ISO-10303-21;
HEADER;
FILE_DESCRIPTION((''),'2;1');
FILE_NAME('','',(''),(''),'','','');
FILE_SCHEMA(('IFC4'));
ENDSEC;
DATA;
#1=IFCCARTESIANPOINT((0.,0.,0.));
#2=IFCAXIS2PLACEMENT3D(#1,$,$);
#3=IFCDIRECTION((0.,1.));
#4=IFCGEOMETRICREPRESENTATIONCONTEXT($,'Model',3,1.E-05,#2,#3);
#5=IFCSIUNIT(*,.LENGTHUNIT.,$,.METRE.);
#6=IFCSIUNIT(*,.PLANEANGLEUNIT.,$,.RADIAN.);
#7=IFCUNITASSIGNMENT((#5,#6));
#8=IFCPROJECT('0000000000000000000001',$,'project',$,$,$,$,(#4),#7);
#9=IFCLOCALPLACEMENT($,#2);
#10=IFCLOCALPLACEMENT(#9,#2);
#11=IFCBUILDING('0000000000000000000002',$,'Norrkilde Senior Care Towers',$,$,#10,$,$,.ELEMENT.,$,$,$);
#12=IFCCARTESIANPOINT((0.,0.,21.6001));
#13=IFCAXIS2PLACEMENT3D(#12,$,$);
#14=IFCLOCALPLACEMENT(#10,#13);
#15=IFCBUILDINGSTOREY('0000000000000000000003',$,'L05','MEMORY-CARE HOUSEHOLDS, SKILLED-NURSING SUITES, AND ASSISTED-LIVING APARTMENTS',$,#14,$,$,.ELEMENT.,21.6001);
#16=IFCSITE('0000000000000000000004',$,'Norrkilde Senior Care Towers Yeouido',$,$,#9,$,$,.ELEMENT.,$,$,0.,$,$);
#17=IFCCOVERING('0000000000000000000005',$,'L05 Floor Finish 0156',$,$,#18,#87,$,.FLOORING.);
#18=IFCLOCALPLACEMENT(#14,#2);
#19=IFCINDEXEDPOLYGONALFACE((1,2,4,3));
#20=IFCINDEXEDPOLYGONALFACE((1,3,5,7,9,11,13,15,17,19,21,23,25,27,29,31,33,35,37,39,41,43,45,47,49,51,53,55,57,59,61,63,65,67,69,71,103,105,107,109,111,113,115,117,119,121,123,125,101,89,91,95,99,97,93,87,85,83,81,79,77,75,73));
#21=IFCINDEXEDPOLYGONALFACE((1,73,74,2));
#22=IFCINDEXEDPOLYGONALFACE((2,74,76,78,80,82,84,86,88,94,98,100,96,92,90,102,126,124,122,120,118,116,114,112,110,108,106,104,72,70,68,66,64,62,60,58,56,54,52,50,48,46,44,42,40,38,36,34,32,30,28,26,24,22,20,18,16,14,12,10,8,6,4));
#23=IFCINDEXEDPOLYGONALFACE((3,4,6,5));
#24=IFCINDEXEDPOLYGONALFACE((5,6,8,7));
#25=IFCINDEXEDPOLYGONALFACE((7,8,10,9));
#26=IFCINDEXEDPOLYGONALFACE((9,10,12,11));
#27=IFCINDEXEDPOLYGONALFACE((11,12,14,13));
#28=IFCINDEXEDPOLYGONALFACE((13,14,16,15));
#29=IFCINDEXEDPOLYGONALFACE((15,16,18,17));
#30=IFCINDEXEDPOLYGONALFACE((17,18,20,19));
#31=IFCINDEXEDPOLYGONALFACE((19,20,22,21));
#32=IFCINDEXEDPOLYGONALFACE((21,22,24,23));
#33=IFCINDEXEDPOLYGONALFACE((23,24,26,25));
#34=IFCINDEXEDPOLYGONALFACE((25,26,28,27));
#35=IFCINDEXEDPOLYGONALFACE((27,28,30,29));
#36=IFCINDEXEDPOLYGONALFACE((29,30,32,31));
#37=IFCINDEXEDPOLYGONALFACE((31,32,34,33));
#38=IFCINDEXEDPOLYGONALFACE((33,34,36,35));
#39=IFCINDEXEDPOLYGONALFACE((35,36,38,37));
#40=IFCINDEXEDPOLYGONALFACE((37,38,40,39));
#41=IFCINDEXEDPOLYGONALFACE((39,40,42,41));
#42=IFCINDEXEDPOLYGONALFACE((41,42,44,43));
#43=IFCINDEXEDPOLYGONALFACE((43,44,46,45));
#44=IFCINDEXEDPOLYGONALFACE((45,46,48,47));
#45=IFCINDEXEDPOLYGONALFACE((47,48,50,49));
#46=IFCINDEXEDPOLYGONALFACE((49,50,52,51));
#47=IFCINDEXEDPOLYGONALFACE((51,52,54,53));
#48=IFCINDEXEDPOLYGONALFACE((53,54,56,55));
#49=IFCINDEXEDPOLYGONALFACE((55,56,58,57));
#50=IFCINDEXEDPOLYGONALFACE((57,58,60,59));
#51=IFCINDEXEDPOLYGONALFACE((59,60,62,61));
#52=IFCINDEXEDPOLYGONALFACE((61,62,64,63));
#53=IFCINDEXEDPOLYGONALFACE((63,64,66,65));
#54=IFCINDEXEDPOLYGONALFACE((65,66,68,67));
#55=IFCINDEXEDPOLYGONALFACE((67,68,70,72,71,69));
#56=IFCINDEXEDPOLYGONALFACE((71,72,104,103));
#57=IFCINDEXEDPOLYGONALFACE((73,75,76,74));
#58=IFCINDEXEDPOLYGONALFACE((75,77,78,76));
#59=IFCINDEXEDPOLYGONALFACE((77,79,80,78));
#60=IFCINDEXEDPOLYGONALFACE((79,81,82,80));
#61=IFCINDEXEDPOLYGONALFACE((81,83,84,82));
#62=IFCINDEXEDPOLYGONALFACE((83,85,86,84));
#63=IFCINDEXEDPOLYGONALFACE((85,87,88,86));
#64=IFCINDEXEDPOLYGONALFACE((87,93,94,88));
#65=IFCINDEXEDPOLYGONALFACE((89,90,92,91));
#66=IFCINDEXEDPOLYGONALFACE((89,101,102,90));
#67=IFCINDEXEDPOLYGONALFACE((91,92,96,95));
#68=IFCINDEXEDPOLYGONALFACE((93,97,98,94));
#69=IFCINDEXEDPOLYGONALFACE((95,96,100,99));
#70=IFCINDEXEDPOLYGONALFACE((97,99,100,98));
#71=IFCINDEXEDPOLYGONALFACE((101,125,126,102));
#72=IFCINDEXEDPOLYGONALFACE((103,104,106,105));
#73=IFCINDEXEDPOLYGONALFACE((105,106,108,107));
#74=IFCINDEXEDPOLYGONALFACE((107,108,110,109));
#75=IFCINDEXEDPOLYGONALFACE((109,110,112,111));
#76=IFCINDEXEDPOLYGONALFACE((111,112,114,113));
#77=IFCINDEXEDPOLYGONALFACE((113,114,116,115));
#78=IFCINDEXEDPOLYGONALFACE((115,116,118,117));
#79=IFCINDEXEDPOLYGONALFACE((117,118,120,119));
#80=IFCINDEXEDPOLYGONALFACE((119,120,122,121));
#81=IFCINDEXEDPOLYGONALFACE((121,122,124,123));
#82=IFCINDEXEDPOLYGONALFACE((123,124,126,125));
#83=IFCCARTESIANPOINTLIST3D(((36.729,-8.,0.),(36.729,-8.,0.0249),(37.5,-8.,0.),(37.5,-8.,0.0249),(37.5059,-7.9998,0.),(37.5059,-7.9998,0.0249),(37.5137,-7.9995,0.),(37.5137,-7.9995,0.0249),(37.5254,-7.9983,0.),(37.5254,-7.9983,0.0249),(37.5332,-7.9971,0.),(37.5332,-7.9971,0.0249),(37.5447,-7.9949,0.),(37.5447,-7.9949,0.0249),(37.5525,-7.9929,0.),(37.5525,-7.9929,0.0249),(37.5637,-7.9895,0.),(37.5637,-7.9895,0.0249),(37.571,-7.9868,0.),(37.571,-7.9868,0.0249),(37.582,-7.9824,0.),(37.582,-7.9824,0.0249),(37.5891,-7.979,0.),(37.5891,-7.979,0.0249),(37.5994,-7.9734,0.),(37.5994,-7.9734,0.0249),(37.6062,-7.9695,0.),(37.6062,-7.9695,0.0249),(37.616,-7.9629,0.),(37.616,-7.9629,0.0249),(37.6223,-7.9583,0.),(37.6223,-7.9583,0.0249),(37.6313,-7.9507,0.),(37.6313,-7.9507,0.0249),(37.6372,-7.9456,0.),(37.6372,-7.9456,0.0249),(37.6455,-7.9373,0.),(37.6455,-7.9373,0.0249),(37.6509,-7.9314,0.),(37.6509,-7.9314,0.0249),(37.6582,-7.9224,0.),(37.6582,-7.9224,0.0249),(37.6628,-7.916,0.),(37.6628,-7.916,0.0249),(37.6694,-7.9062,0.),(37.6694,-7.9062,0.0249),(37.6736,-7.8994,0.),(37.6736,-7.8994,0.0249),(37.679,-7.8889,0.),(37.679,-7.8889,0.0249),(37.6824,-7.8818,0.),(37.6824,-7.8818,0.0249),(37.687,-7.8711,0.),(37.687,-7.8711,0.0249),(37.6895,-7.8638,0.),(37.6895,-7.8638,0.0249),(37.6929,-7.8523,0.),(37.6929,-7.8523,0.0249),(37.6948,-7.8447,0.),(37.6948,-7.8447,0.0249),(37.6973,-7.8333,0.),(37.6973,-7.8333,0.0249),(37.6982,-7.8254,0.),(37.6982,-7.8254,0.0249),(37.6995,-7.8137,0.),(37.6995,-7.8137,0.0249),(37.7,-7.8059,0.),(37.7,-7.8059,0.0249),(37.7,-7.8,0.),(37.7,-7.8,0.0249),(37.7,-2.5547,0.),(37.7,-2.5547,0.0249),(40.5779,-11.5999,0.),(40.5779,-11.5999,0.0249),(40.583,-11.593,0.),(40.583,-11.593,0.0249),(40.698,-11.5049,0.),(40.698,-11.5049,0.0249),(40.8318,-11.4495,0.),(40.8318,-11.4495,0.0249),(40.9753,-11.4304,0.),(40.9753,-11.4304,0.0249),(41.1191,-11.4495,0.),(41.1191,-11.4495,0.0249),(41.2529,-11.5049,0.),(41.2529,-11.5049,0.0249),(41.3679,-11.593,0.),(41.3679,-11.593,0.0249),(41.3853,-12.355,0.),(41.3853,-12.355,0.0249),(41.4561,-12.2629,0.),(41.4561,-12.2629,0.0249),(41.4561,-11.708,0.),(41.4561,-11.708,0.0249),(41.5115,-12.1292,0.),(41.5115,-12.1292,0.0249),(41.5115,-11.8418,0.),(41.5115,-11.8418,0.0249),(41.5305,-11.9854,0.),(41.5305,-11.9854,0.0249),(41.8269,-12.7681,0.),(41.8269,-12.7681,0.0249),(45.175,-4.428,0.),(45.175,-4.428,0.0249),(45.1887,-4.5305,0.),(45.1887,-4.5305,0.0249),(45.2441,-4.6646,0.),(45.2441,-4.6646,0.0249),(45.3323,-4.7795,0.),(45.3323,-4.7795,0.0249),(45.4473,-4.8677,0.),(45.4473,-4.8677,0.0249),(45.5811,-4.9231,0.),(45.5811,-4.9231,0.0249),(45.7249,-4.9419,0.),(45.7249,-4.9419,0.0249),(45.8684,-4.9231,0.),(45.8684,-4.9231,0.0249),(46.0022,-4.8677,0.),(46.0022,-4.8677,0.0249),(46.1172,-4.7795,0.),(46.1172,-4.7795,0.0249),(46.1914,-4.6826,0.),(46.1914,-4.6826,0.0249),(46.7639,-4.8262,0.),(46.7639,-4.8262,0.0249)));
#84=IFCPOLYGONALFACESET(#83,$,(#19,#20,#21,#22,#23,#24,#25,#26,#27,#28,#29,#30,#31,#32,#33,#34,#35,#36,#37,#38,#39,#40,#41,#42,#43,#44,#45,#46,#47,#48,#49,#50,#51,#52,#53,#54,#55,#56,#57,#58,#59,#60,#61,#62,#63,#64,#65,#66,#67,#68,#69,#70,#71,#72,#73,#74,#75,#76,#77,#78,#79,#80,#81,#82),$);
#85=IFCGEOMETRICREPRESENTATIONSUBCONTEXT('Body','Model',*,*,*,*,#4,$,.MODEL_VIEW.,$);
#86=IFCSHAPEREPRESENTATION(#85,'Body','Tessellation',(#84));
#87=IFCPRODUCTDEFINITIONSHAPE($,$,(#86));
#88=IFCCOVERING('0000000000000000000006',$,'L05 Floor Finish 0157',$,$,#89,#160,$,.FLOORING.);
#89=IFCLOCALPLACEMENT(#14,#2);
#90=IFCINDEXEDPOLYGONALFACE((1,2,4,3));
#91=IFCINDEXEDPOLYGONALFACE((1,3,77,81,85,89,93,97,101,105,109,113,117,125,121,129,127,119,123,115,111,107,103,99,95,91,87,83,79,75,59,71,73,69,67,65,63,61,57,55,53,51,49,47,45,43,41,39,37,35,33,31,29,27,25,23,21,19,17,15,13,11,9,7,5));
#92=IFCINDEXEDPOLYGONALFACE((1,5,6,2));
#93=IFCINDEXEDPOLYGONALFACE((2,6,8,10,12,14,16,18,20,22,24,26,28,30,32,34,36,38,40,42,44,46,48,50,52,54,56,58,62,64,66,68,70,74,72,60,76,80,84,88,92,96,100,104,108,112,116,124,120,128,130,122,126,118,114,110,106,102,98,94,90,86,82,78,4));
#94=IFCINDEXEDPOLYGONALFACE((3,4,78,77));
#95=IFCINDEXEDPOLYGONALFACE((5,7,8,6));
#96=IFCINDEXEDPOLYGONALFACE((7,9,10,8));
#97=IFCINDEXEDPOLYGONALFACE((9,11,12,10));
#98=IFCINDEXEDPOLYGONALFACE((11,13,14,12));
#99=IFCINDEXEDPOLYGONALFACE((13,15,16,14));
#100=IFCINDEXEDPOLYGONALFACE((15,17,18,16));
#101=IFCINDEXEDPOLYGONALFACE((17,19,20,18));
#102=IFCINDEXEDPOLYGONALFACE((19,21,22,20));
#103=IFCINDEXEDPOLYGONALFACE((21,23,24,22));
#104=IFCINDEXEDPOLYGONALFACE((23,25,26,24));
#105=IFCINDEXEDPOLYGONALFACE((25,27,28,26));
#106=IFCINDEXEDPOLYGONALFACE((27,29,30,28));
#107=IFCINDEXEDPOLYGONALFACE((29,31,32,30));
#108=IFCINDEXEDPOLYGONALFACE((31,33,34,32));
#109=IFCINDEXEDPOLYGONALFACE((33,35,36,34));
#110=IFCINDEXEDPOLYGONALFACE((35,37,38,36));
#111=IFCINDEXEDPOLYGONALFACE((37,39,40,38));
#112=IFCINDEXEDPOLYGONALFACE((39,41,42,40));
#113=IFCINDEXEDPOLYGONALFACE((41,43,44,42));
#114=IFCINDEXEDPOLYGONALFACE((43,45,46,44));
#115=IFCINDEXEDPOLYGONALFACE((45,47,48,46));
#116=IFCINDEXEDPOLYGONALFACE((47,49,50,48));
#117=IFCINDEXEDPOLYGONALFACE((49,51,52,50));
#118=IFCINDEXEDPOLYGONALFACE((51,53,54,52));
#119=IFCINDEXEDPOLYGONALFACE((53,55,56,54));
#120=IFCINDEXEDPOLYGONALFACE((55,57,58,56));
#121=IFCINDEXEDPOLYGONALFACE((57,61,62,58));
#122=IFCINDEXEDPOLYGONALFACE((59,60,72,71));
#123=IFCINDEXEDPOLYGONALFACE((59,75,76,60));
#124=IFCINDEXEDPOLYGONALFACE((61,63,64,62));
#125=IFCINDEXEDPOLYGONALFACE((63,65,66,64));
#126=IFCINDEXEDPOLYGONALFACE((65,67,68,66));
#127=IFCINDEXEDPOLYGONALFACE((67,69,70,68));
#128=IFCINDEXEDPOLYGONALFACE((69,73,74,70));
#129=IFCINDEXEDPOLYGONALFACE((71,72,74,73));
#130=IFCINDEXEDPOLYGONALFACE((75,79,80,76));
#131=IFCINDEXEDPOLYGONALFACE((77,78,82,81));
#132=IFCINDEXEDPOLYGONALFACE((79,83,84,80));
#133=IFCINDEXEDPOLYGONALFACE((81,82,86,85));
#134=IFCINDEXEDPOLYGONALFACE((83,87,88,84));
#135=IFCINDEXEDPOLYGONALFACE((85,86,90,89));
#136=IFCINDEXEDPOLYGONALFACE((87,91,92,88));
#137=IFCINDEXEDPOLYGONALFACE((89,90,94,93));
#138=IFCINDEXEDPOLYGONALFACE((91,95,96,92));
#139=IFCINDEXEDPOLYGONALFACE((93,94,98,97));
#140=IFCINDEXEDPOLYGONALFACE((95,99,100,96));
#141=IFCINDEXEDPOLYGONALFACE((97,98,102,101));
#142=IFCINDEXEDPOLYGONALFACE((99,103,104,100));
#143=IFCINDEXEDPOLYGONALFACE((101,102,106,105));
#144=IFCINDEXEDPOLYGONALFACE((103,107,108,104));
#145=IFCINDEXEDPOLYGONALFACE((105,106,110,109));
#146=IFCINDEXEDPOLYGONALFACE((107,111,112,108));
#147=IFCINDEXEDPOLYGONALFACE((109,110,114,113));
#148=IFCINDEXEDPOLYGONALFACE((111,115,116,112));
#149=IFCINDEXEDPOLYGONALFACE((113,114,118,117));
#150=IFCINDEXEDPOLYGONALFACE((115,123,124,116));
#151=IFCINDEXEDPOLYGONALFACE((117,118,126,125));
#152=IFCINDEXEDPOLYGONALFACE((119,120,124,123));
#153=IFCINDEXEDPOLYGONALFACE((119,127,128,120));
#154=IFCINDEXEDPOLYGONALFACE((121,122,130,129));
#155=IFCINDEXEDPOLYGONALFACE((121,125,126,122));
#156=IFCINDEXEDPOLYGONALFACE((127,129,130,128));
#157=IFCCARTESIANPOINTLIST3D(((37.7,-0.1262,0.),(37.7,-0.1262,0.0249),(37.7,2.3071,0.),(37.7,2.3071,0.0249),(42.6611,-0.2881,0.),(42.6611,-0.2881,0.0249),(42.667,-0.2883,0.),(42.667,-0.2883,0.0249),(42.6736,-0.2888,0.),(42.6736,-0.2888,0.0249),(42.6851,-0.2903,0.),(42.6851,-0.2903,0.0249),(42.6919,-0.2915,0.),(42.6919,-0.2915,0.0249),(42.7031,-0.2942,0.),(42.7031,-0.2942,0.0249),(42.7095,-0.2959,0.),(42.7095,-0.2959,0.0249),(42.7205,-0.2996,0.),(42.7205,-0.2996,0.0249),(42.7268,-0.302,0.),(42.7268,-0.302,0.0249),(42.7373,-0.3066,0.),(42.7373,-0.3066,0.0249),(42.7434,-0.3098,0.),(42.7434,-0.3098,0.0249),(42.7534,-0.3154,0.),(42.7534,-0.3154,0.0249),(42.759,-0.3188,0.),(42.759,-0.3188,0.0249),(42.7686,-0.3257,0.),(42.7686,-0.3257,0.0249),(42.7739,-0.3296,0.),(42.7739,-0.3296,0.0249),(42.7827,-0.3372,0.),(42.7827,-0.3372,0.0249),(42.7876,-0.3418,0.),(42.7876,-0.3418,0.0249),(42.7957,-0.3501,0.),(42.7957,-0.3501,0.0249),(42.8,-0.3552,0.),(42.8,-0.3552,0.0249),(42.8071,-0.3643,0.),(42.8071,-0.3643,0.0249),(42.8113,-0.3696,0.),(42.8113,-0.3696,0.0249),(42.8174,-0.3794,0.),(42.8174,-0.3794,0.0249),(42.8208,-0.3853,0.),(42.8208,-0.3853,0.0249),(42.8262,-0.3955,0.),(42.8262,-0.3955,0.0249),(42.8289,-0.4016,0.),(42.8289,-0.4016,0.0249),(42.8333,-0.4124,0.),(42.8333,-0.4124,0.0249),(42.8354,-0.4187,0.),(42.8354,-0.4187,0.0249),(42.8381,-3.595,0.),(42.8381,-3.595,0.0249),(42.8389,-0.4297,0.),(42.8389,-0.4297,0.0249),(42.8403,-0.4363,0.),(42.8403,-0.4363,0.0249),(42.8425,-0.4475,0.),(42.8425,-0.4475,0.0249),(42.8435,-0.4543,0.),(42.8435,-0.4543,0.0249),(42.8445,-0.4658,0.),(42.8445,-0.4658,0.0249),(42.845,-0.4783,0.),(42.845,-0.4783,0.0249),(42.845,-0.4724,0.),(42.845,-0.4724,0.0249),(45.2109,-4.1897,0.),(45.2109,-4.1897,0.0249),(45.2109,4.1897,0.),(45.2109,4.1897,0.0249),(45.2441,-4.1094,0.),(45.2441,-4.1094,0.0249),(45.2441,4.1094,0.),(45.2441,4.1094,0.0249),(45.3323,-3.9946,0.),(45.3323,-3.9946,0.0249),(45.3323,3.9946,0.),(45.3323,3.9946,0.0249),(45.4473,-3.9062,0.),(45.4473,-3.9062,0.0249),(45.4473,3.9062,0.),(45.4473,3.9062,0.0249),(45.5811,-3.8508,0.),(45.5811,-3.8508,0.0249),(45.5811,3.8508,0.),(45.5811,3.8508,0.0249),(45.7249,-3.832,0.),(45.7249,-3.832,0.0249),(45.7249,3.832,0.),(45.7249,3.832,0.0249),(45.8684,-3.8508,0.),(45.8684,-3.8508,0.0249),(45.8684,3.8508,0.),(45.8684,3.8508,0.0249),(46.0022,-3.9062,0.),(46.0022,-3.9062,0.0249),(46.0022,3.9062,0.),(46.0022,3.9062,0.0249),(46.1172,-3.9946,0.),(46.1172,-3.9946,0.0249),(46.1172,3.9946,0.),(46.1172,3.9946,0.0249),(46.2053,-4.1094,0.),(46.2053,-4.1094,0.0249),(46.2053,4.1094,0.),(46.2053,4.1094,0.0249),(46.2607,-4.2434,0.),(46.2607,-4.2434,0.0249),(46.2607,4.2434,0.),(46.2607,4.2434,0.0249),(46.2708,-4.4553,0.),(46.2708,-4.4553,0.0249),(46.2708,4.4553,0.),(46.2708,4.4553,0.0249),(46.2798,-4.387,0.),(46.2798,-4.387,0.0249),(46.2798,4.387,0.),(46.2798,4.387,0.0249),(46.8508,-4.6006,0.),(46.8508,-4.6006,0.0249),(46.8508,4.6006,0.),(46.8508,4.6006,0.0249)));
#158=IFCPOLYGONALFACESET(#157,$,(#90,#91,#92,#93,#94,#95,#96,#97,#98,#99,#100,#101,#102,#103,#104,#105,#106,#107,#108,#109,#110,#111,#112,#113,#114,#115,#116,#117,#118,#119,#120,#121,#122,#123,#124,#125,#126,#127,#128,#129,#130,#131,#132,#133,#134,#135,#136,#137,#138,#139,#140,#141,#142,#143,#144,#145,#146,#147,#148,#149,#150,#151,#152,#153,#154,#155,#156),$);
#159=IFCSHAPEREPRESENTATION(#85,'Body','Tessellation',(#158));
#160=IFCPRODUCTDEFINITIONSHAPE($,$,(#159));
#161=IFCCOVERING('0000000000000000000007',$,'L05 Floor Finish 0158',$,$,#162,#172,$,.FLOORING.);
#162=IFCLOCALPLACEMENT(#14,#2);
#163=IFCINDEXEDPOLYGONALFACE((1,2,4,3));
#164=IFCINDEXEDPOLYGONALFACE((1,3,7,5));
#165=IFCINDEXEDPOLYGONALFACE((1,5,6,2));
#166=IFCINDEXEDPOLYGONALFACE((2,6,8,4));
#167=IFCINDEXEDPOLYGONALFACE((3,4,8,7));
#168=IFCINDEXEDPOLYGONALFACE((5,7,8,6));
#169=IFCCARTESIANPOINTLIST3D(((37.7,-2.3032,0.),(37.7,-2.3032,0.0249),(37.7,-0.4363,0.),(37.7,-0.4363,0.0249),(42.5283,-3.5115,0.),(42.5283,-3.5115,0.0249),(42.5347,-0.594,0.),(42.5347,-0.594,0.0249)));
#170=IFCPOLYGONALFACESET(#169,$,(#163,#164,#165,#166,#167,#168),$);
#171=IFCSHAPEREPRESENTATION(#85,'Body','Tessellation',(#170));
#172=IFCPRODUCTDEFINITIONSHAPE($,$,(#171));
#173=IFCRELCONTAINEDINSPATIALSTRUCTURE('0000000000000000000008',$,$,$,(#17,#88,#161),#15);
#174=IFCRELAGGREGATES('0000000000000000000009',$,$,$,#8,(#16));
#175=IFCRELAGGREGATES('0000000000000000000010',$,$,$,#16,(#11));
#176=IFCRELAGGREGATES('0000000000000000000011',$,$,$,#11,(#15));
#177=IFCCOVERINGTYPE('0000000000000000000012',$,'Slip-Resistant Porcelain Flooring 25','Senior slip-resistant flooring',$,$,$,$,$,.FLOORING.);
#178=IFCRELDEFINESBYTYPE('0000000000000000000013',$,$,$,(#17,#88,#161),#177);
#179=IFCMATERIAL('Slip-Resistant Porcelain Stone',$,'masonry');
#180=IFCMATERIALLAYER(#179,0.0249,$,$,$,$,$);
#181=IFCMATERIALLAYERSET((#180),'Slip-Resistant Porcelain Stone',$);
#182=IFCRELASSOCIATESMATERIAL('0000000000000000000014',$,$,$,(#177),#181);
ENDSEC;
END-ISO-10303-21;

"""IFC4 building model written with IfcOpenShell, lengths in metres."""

from ifc_helpers import new_model, si_unit, direction, frame, origin, place, context, subcontext, project, spatial, polyline, outline, extrude, material, layer, layer_set, type_object, element, save


model = new_model("IFC4")

# Units and contexts
model_context = context("Model", 3, precision=1e-05, world=origin(), true_north=direction((0.0, 1.0)))
body_context = subcontext(model_context, "Body", "Model", "MODEL_VIEW")
ifc_project = project(units=[si_unit("LENGTHUNIT", "METRE"), si_unit("PLANEANGLEUNIT", "RADIAN")], contexts=[model_context])

# Site, building, storey
site_placement = place(None, origin())
site = spatial("IfcSite", under=ifc_project, at=site_placement, Name="Norrkilde Senior Care Towers Yeouido", CompositionType="ELEMENT", RefElevation=0.0)
building_placement = place(site_placement, origin())
building = spatial("IfcBuilding", under=site, at=building_placement, Name="Norrkilde Senior Care Towers", CompositionType="ELEMENT")
storey_placement = place(building_placement, frame((0.0, 0.0, 21.6001)))
storey = spatial("IfcBuildingStorey", under=building, at=storey_placement, Name="L05", Description="MEMORY-CARE HOUSEHOLDS, SKILLED-NURSING SUITES, AND ASSISTED-LIVING APARTMENTS", CompositionType="ELEMENT", Elevation=21.6001)

# Coverings
ifc_material_1 = material(Name="Slip-Resistant Porcelain Stone", Category="masonry")
ifc_layer_1 = layer(ifc_material_1, 0.0249)
ifc_layer_set_1 = layer_set([ifc_layer_1], Name="Slip-Resistant Porcelain Stone")
covering_type_1 = type_object("IfcCoveringType", Name="Slip-Resistant Porcelain Flooring 25", Description="Senior slip-resistant flooring", PredefinedType="FLOORING", material=ifc_layer_set_1)
covering_1_placement = place(storey_placement, origin())
element("IfcCovering", 1, at=covering_1_placement, inside=storey, type_object=covering_type_1, Name="L05 Floor Finish 0156", PredefinedType="FLOORING", context=body_context, shape_type="SweptSolid", body=[
    extrude(outline(polyline([(37.5525, -7.9929), (37.5637, -7.9895), (37.571, -7.9868), (37.582, -7.9824), (37.5891, -7.979), (37.5994, -7.9734), (37.6062, -7.9695), (37.616, -7.9629), (37.6223, -7.9583), (37.6313, -7.9507), (37.6372, -7.9456), (37.6455, -7.9373), (37.6509, -7.9314), (37.6582, -7.9224), (37.6628, -7.916), (37.6694, -7.9062), (37.6736, -7.8994), (37.679, -7.8889), (37.6824, -7.8818), (37.687, -7.8711), (37.6895, -7.8638), (37.6929, -7.8523), (37.6948, -7.8447), (37.6973, -7.8333), (37.6982, -7.8254), (37.6995, -7.8137), (37.7, -7.8059), (37.7, -7.8), (37.7, -2.5547), (45.175, -4.428), (45.1887, -4.5305), (45.2441, -4.6646), (45.3323, -4.7795), (45.4473, -4.8677), (45.5811, -4.9231), (45.7249, -4.9419), (45.8684, -4.9231), (46.0022, -4.8677), (46.1172, -4.7795), (46.1914, -4.6826), (46.7639, -4.8262), (41.8269, -12.7681), (41.3853, -12.355), (41.4561, -12.2629), (41.5115, -12.1292), (41.5305, -11.9854), (41.5115, -11.8418), (41.4561, -11.708), (41.3679, -11.593), (41.2529, -11.5049), (41.1191, -11.4495), (40.9753, -11.4304), (40.8318, -11.4495), (40.698, -11.5049), (40.583, -11.593), (40.5779, -11.5999), (36.729, -8.0), (37.5, -8.0), (37.5059, -7.9998), (37.5137, -7.9995), (37.5254, -7.9983), (37.5332, -7.9971), (37.5447, -7.9949), (37.5525, -7.9929)])), origin(), (0.0, 0.0, 1.0), 0.0249),
])
covering_2_placement = place(storey_placement, origin())
element("IfcCovering", 2, at=covering_2_placement, inside=storey, type_object=covering_type_1, Name="L05 Floor Finish 0157", PredefinedType="FLOORING", context=body_context, shape_type="SweptSolid", body=[
    extrude(outline(polyline([(42.8445, -0.4658), (42.8435, -0.4543), (42.8425, -0.4475), (42.8403, -0.4363), (42.8389, -0.4297), (42.8354, -0.4187), (42.8333, -0.4124), (42.8289, -0.4016), (42.8262, -0.3955), (42.8208, -0.3853), (42.8174, -0.3794), (42.8113, -0.3696), (42.8071, -0.3643), (42.8, -0.3552), (42.7957, -0.3501), (42.7876, -0.3418), (42.7827, -0.3372), (42.7739, -0.3296), (42.7686, -0.3257), (42.759, -0.3188), (42.7534, -0.3154), (42.7434, -0.3098), (42.7373, -0.3066), (42.7268, -0.302), (42.7205, -0.2996), (42.7095, -0.2959), (42.7031, -0.2942), (42.6919, -0.2915), (42.6851, -0.2903), (42.6736, -0.2888), (42.667, -0.2883), (42.6611, -0.2881), (37.7, -0.1262), (37.7, 2.3071), (45.2109, 4.1897), (45.2441, 4.1094), (45.3323, 3.9946), (45.4473, 3.9062), (45.5811, 3.8508), (45.7249, 3.832), (45.8684, 3.8508), (46.0022, 3.9062), (46.1172, 3.9946), (46.2053, 4.1094), (46.2607, 4.2434), (46.2798, 4.387), (46.2708, 4.4553), (46.8508, 4.6006), (46.8508, -4.6006), (46.2708, -4.4553), (46.2798, -4.387), (46.2607, -4.2434), (46.2053, -4.1094), (46.1172, -3.9946), (46.0022, -3.9062), (45.8684, -3.8508), (45.7249, -3.832), (45.5811, -3.8508), (45.4473, -3.9062), (45.3323, -3.9946), (45.2441, -4.1094), (45.2109, -4.1897), (42.8381, -3.595), (42.845, -0.4783), (42.845, -0.4724), (42.8445, -0.4658)])), origin(), (0.0, 0.0, 1.0), 0.0249),
])
covering_3_placement = place(storey_placement, origin())
element("IfcCovering", 3, at=covering_3_placement, inside=storey, type_object=covering_type_1, Name="L05 Floor Finish 0158", PredefinedType="FLOORING", context=body_context, shape_type="SweptSolid", body=[
    extrude(outline(polyline([(42.5283, -3.5115), (37.7, -2.3032), (37.7, -0.4363), (42.5347, -0.594), (42.5283, -3.5115)])), origin(), (0.0, 0.0, 1.0), 0.0249),
])

save(model, "model.ifc")
